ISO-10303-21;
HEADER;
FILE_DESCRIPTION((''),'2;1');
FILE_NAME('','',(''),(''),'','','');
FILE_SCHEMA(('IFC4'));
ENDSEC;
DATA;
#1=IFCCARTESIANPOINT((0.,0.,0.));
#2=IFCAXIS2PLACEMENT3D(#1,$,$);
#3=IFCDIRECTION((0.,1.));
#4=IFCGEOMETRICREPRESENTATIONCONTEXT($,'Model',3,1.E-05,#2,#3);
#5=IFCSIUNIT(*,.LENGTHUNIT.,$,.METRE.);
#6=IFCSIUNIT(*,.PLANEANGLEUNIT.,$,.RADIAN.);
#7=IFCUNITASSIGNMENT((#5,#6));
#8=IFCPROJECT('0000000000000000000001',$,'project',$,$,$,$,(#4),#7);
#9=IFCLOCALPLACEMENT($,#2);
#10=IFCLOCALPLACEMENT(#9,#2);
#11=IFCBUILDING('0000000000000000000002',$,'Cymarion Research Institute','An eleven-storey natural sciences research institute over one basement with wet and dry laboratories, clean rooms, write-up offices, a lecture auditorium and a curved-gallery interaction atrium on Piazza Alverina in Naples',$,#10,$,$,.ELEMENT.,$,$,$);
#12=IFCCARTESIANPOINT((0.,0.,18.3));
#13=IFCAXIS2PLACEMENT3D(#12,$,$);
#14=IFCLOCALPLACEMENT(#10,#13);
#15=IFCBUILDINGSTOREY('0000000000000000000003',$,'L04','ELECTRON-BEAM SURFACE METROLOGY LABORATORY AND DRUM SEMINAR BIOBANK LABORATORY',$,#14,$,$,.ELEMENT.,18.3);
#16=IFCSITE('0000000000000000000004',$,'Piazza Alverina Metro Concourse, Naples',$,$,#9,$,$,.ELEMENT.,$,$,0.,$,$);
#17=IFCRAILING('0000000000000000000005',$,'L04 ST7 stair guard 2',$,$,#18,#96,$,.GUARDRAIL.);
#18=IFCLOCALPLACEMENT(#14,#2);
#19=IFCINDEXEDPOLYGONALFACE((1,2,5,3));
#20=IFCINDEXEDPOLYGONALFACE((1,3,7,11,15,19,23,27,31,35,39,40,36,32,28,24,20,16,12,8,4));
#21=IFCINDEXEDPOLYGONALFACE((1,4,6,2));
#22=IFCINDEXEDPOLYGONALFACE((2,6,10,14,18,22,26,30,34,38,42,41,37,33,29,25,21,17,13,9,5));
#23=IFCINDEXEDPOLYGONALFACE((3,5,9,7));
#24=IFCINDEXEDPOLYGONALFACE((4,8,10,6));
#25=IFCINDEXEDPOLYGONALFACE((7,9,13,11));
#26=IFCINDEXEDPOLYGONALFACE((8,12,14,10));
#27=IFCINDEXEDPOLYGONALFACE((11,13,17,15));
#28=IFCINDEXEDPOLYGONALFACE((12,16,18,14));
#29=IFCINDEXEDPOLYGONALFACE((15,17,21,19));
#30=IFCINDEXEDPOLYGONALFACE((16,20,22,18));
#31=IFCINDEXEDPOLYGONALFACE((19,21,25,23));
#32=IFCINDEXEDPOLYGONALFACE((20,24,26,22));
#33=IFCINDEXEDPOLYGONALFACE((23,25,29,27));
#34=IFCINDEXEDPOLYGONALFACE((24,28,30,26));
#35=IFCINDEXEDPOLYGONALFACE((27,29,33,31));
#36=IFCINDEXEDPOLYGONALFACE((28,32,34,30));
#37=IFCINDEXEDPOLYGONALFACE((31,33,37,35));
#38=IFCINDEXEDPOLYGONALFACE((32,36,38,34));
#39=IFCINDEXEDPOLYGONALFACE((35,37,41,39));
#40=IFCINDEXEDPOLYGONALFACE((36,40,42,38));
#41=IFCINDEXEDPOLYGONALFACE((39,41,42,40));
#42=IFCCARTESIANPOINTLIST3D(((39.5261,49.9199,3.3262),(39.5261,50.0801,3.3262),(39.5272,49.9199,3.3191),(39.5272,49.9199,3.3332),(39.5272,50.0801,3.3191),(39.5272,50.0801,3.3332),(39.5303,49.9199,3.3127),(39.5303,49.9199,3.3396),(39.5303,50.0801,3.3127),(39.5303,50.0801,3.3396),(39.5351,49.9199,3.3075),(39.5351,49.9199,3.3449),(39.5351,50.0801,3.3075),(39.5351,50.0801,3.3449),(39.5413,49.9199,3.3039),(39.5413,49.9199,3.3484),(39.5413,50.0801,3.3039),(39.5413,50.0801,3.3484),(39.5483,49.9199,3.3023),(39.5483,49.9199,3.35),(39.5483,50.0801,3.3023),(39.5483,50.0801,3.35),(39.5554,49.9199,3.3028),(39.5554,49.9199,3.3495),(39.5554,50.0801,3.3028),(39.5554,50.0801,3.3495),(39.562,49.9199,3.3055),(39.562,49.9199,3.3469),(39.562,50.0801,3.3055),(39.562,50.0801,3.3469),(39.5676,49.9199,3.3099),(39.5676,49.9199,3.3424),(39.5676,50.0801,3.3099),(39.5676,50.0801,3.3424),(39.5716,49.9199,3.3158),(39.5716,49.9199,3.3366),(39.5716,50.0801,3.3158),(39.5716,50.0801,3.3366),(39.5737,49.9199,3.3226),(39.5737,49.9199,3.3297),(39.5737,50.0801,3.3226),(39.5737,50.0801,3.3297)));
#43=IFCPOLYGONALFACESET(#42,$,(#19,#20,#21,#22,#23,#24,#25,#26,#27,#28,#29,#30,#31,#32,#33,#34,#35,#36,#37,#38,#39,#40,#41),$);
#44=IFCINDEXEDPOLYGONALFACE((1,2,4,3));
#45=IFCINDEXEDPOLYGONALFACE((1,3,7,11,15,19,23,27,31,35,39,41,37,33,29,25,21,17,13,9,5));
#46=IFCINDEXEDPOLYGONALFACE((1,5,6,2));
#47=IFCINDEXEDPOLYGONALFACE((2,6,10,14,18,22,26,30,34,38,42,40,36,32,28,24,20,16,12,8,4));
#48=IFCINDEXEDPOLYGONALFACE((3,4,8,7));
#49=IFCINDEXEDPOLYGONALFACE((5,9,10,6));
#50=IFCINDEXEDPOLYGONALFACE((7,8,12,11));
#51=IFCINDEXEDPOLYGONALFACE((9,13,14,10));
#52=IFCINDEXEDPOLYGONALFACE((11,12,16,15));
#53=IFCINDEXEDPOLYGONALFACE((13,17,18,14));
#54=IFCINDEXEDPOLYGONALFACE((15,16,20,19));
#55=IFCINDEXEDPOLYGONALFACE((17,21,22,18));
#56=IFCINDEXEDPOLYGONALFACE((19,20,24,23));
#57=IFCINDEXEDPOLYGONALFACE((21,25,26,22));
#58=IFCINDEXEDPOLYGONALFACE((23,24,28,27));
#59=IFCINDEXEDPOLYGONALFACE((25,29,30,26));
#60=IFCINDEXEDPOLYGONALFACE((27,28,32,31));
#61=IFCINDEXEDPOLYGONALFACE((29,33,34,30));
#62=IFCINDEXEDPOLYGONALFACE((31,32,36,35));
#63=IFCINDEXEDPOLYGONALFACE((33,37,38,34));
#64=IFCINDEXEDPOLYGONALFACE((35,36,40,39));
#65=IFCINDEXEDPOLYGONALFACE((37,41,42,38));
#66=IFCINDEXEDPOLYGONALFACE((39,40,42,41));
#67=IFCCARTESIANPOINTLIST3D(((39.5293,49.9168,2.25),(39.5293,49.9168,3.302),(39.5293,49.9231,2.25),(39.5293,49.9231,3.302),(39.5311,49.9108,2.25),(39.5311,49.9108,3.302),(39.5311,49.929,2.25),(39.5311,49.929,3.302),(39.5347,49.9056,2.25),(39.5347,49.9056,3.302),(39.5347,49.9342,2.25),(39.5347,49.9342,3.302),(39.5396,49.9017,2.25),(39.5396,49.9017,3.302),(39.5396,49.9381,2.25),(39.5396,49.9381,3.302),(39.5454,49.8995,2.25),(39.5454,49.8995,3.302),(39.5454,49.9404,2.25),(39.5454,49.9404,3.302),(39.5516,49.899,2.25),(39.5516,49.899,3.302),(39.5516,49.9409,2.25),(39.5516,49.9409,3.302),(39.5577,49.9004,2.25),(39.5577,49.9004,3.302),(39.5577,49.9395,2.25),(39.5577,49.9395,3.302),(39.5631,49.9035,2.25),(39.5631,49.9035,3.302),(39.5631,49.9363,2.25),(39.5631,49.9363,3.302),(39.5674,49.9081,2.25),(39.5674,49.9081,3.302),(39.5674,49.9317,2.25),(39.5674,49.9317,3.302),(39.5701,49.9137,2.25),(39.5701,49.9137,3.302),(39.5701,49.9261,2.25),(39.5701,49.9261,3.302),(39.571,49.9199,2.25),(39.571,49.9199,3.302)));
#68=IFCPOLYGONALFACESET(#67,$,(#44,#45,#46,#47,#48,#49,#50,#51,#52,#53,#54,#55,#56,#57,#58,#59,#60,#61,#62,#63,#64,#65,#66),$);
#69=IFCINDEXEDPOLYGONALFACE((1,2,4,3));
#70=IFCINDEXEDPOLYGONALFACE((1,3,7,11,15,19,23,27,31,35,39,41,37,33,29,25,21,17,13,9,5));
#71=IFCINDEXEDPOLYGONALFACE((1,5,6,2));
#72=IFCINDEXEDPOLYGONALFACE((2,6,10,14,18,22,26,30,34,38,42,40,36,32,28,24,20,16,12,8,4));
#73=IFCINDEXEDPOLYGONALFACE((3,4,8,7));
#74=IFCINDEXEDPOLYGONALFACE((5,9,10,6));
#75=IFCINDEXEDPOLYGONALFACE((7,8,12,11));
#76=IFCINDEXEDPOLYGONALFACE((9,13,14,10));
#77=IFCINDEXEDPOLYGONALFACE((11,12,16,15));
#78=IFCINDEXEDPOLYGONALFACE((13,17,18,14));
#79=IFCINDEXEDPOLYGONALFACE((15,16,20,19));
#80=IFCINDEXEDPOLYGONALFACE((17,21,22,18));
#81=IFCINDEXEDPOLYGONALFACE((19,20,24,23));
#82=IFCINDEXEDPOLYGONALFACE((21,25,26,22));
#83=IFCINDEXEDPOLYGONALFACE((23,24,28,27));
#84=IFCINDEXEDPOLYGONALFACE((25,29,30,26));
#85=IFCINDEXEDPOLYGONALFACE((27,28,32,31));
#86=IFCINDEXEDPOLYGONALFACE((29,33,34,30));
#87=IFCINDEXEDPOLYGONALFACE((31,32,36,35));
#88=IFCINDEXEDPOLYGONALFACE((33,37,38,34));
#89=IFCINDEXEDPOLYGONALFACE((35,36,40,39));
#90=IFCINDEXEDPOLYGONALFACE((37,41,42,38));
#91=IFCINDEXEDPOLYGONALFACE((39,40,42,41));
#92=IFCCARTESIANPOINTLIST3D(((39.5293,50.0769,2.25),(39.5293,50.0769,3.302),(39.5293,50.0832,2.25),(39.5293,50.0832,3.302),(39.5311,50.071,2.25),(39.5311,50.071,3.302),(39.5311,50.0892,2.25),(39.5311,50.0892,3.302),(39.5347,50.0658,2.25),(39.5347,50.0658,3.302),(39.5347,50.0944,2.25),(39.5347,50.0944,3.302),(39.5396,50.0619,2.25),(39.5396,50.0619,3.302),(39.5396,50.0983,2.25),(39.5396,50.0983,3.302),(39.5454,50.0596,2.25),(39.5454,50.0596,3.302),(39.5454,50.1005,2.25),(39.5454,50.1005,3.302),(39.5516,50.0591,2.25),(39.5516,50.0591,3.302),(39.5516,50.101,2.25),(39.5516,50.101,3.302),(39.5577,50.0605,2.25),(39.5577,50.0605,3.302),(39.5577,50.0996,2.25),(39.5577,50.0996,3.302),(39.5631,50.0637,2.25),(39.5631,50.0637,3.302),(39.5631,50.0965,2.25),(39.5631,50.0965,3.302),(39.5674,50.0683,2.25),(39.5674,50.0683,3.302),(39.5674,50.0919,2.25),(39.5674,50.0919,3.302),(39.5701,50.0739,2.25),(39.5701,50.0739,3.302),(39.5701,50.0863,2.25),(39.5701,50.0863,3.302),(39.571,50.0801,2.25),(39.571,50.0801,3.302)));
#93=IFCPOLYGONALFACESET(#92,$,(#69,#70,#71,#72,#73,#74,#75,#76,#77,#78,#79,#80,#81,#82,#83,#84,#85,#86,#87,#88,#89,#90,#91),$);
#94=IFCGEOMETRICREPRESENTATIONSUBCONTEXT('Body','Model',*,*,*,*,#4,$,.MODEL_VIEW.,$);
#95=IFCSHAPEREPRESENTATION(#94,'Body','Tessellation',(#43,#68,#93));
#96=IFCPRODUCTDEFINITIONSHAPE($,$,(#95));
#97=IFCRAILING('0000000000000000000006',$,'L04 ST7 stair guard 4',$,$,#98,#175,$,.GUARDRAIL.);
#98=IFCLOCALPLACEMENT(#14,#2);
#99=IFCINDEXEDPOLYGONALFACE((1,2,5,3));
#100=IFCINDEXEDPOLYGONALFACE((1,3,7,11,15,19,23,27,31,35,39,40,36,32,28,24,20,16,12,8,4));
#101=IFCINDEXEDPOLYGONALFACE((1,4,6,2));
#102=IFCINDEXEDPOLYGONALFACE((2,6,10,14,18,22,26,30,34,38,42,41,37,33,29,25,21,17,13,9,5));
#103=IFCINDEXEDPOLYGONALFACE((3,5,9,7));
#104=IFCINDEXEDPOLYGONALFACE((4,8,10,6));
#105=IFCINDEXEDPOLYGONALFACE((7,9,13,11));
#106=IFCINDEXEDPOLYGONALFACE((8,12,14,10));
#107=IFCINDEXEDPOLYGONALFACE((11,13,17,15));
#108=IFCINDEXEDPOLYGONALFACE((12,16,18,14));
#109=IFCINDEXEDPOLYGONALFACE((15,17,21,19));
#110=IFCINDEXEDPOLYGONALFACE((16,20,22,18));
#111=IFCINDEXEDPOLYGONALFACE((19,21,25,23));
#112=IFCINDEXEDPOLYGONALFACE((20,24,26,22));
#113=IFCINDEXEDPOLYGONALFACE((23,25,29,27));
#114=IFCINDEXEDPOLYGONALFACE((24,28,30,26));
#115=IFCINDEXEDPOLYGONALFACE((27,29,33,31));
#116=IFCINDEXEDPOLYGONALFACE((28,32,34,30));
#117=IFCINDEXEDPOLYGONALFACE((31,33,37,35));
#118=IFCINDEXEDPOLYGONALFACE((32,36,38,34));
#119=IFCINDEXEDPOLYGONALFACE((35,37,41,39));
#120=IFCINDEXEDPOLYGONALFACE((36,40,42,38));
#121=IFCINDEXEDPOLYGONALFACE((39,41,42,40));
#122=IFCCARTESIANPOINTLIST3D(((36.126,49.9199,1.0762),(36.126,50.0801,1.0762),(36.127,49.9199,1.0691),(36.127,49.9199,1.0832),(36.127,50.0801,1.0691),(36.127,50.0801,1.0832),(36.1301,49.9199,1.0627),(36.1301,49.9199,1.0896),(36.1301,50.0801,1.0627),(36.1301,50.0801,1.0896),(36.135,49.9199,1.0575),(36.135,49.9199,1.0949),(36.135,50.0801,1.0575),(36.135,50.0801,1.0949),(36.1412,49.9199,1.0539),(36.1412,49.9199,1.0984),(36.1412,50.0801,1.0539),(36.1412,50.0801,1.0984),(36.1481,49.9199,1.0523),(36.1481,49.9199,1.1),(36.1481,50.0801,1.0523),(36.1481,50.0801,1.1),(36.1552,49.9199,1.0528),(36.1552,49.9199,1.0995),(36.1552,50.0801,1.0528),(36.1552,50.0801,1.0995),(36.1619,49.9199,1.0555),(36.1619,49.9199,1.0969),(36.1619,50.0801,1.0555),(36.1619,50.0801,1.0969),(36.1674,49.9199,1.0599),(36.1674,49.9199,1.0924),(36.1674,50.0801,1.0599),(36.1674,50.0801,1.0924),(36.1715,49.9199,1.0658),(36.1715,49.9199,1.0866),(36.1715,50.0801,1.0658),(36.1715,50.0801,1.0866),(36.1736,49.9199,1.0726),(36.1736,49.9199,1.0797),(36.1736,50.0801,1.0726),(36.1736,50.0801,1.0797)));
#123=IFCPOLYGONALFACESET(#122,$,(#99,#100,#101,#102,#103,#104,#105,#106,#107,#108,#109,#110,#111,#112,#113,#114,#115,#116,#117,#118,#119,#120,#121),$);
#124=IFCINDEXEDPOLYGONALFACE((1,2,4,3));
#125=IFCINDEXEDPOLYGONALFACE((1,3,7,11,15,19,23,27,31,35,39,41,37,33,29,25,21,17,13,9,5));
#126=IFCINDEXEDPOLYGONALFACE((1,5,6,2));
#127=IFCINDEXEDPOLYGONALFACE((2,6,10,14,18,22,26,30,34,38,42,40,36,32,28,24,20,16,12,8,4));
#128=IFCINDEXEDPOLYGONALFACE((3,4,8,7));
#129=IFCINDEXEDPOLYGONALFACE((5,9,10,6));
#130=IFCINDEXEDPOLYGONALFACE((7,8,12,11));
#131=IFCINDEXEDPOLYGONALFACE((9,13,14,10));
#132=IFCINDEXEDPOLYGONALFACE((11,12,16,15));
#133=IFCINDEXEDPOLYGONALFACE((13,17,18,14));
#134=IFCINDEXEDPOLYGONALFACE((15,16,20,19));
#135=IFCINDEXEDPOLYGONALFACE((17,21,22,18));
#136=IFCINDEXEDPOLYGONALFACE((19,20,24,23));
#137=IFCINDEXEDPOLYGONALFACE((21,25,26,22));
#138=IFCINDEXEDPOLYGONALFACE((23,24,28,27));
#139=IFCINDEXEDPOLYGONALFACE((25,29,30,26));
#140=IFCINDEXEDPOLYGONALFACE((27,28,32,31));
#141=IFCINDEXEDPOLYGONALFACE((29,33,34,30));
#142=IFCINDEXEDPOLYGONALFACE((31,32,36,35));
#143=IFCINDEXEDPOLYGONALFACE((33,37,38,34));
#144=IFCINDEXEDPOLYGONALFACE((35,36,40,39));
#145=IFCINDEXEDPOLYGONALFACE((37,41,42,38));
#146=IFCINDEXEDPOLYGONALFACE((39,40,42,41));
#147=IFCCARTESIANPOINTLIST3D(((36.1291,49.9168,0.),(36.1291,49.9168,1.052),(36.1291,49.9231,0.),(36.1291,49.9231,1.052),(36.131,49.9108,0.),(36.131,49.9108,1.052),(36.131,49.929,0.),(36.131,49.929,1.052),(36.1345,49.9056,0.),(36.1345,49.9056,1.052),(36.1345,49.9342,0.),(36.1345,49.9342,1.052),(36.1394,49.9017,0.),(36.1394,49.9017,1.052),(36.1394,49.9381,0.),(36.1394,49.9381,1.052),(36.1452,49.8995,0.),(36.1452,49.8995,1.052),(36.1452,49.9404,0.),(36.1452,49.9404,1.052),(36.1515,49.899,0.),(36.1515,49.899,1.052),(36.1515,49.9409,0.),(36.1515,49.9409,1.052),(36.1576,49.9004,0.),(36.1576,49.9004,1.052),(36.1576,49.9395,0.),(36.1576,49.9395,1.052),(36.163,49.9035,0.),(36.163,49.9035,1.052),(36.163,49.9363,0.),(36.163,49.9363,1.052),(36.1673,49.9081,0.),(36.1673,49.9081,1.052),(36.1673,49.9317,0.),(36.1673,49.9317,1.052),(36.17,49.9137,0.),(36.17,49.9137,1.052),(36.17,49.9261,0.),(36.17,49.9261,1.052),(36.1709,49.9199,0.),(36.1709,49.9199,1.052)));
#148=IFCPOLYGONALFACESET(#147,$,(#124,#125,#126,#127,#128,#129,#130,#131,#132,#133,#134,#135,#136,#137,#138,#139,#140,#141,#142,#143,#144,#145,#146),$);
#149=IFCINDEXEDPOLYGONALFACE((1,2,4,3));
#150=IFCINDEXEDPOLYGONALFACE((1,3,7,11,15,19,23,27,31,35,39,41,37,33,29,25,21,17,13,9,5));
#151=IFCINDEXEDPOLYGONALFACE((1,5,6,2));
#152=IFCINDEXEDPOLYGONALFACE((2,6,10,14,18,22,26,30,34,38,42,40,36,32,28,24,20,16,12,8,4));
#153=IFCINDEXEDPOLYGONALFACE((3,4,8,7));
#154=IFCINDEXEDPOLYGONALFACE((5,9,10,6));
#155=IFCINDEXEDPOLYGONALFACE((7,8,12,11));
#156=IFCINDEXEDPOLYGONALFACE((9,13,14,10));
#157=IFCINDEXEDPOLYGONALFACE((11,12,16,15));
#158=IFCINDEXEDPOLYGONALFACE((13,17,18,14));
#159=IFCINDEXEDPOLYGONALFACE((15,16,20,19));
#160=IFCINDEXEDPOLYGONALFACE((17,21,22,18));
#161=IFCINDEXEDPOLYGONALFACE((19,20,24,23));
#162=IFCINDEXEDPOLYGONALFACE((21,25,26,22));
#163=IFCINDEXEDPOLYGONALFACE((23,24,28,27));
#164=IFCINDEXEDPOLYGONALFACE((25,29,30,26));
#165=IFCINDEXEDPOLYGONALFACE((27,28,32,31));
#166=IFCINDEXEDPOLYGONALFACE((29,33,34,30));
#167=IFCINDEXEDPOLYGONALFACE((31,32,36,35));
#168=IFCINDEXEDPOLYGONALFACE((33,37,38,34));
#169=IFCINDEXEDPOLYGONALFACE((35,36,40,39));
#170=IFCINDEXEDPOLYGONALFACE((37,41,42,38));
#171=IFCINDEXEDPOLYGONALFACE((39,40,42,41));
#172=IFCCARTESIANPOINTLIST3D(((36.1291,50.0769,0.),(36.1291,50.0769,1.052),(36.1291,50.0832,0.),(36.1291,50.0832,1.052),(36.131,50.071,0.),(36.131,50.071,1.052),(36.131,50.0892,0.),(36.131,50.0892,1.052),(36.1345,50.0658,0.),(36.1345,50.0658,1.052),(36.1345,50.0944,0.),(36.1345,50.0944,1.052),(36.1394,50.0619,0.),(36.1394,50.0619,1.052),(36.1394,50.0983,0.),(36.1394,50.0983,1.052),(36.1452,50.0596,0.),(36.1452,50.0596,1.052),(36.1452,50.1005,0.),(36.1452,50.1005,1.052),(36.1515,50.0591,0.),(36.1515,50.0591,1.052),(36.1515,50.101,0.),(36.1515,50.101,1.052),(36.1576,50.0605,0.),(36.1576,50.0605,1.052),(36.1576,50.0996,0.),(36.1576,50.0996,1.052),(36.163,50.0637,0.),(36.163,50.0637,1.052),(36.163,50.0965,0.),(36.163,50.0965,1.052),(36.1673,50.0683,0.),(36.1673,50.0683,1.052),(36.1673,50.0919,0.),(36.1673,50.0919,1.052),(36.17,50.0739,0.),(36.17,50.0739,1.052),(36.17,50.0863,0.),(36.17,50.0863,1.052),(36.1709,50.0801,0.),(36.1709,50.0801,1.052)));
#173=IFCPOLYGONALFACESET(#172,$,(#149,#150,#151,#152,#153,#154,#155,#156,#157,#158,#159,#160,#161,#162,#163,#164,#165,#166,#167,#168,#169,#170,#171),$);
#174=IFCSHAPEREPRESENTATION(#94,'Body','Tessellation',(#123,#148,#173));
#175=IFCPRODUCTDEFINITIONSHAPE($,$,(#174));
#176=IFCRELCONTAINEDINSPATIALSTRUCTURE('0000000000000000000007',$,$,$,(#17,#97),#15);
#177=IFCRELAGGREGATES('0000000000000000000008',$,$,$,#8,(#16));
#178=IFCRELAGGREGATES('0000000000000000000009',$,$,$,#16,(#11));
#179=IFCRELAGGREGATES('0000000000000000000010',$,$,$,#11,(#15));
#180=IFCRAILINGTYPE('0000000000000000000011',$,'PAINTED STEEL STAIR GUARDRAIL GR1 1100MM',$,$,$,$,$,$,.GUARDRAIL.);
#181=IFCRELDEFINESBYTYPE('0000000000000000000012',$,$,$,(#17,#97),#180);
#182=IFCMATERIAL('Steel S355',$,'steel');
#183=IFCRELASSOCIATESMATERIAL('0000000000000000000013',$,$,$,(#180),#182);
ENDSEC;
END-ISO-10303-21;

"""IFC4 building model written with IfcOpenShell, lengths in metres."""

from ifc_helpers import new_model, si_unit, direction, frame, origin, origin_2d, place, context, subcontext, project, spatial, circle, extrude, material, type_object, element, save


model = new_model("IFC4")

# Units and contexts
model_context = context("Model", 3, precision=1e-05, world=origin(), true_north=direction((0.0, 1.0)))
body_context = subcontext(model_context, "Body", "Model", "MODEL_VIEW")
ifc_project = project(units=[si_unit("LENGTHUNIT", "METRE"), si_unit("PLANEANGLEUNIT", "RADIAN")], contexts=[model_context])

# Site, building, storey
site_placement = place(None, origin())
site = spatial("IfcSite", under=ifc_project, at=site_placement, Name="Piazza Alverina Metro Concourse, Naples", CompositionType="ELEMENT", RefElevation=0.0)
building_placement = place(site_placement, origin())
building = spatial("IfcBuilding", under=site, at=building_placement, Name="Cymarion Research Institute", Description="An eleven-storey natural sciences research institute over one basement with wet and dry laboratories, clean rooms, write-up offices, a lecture auditorium and a curved-gallery interaction atrium on Piazza Alverina in Naples", CompositionType="ELEMENT")
storey_placement = place(building_placement, frame((0.0, 0.0, 18.3)))
storey = spatial("IfcBuildingStorey", under=building, at=storey_placement, Name="L04", Description="ELECTRON-BEAM SURFACE METROLOGY LABORATORY AND DRUM SEMINAR BIOBANK LABORATORY", CompositionType="ELEMENT", Elevation=18.3)

# Shared definitions
ifc_material_1 = material(Name="Steel S355", Category="steel")

# Railings
railing_type_1 = type_object("IfcRailingType", Name="PAINTED STEEL STAIR GUARDRAIL GR1 1100MM", PredefinedType="GUARDRAIL", material=ifc_material_1)
for number, where, name in (
    (1, (39.55, 49.9199, 2.25), "L04 ST7 stair guard 2"),
    (2, (36.1499, 49.9199, 0.0), "L04 ST7 stair guard 4"),
):
    element("IfcRailing", number, at=place(storey_placement, frame(where)), inside=storey, type_object=railing_type_1, Name=name, PredefinedType="GUARDRAIL", context=body_context, shape_type="SweptSolid", body=[
        extrude(circle(Radius=0.0239, at=origin_2d()), frame((0.0, 0.0, 1.0762), z_axis=(0.0, 1.0, 0.0), x_axis=(-1.0, 0.0, 0.0)), (0.0, 0.0, 1.0), 0.1602),
        extrude(circle(Radius=0.021, at=origin_2d()), origin(), (0.0, 0.0, 1.0), 1.052),
        extrude(circle(Radius=0.021, at=origin_2d()), frame((0.0, 0.1602, 0.0)), (0.0, 0.0, 1.0), 1.052),
    ])

save(model, "model.ifc")
